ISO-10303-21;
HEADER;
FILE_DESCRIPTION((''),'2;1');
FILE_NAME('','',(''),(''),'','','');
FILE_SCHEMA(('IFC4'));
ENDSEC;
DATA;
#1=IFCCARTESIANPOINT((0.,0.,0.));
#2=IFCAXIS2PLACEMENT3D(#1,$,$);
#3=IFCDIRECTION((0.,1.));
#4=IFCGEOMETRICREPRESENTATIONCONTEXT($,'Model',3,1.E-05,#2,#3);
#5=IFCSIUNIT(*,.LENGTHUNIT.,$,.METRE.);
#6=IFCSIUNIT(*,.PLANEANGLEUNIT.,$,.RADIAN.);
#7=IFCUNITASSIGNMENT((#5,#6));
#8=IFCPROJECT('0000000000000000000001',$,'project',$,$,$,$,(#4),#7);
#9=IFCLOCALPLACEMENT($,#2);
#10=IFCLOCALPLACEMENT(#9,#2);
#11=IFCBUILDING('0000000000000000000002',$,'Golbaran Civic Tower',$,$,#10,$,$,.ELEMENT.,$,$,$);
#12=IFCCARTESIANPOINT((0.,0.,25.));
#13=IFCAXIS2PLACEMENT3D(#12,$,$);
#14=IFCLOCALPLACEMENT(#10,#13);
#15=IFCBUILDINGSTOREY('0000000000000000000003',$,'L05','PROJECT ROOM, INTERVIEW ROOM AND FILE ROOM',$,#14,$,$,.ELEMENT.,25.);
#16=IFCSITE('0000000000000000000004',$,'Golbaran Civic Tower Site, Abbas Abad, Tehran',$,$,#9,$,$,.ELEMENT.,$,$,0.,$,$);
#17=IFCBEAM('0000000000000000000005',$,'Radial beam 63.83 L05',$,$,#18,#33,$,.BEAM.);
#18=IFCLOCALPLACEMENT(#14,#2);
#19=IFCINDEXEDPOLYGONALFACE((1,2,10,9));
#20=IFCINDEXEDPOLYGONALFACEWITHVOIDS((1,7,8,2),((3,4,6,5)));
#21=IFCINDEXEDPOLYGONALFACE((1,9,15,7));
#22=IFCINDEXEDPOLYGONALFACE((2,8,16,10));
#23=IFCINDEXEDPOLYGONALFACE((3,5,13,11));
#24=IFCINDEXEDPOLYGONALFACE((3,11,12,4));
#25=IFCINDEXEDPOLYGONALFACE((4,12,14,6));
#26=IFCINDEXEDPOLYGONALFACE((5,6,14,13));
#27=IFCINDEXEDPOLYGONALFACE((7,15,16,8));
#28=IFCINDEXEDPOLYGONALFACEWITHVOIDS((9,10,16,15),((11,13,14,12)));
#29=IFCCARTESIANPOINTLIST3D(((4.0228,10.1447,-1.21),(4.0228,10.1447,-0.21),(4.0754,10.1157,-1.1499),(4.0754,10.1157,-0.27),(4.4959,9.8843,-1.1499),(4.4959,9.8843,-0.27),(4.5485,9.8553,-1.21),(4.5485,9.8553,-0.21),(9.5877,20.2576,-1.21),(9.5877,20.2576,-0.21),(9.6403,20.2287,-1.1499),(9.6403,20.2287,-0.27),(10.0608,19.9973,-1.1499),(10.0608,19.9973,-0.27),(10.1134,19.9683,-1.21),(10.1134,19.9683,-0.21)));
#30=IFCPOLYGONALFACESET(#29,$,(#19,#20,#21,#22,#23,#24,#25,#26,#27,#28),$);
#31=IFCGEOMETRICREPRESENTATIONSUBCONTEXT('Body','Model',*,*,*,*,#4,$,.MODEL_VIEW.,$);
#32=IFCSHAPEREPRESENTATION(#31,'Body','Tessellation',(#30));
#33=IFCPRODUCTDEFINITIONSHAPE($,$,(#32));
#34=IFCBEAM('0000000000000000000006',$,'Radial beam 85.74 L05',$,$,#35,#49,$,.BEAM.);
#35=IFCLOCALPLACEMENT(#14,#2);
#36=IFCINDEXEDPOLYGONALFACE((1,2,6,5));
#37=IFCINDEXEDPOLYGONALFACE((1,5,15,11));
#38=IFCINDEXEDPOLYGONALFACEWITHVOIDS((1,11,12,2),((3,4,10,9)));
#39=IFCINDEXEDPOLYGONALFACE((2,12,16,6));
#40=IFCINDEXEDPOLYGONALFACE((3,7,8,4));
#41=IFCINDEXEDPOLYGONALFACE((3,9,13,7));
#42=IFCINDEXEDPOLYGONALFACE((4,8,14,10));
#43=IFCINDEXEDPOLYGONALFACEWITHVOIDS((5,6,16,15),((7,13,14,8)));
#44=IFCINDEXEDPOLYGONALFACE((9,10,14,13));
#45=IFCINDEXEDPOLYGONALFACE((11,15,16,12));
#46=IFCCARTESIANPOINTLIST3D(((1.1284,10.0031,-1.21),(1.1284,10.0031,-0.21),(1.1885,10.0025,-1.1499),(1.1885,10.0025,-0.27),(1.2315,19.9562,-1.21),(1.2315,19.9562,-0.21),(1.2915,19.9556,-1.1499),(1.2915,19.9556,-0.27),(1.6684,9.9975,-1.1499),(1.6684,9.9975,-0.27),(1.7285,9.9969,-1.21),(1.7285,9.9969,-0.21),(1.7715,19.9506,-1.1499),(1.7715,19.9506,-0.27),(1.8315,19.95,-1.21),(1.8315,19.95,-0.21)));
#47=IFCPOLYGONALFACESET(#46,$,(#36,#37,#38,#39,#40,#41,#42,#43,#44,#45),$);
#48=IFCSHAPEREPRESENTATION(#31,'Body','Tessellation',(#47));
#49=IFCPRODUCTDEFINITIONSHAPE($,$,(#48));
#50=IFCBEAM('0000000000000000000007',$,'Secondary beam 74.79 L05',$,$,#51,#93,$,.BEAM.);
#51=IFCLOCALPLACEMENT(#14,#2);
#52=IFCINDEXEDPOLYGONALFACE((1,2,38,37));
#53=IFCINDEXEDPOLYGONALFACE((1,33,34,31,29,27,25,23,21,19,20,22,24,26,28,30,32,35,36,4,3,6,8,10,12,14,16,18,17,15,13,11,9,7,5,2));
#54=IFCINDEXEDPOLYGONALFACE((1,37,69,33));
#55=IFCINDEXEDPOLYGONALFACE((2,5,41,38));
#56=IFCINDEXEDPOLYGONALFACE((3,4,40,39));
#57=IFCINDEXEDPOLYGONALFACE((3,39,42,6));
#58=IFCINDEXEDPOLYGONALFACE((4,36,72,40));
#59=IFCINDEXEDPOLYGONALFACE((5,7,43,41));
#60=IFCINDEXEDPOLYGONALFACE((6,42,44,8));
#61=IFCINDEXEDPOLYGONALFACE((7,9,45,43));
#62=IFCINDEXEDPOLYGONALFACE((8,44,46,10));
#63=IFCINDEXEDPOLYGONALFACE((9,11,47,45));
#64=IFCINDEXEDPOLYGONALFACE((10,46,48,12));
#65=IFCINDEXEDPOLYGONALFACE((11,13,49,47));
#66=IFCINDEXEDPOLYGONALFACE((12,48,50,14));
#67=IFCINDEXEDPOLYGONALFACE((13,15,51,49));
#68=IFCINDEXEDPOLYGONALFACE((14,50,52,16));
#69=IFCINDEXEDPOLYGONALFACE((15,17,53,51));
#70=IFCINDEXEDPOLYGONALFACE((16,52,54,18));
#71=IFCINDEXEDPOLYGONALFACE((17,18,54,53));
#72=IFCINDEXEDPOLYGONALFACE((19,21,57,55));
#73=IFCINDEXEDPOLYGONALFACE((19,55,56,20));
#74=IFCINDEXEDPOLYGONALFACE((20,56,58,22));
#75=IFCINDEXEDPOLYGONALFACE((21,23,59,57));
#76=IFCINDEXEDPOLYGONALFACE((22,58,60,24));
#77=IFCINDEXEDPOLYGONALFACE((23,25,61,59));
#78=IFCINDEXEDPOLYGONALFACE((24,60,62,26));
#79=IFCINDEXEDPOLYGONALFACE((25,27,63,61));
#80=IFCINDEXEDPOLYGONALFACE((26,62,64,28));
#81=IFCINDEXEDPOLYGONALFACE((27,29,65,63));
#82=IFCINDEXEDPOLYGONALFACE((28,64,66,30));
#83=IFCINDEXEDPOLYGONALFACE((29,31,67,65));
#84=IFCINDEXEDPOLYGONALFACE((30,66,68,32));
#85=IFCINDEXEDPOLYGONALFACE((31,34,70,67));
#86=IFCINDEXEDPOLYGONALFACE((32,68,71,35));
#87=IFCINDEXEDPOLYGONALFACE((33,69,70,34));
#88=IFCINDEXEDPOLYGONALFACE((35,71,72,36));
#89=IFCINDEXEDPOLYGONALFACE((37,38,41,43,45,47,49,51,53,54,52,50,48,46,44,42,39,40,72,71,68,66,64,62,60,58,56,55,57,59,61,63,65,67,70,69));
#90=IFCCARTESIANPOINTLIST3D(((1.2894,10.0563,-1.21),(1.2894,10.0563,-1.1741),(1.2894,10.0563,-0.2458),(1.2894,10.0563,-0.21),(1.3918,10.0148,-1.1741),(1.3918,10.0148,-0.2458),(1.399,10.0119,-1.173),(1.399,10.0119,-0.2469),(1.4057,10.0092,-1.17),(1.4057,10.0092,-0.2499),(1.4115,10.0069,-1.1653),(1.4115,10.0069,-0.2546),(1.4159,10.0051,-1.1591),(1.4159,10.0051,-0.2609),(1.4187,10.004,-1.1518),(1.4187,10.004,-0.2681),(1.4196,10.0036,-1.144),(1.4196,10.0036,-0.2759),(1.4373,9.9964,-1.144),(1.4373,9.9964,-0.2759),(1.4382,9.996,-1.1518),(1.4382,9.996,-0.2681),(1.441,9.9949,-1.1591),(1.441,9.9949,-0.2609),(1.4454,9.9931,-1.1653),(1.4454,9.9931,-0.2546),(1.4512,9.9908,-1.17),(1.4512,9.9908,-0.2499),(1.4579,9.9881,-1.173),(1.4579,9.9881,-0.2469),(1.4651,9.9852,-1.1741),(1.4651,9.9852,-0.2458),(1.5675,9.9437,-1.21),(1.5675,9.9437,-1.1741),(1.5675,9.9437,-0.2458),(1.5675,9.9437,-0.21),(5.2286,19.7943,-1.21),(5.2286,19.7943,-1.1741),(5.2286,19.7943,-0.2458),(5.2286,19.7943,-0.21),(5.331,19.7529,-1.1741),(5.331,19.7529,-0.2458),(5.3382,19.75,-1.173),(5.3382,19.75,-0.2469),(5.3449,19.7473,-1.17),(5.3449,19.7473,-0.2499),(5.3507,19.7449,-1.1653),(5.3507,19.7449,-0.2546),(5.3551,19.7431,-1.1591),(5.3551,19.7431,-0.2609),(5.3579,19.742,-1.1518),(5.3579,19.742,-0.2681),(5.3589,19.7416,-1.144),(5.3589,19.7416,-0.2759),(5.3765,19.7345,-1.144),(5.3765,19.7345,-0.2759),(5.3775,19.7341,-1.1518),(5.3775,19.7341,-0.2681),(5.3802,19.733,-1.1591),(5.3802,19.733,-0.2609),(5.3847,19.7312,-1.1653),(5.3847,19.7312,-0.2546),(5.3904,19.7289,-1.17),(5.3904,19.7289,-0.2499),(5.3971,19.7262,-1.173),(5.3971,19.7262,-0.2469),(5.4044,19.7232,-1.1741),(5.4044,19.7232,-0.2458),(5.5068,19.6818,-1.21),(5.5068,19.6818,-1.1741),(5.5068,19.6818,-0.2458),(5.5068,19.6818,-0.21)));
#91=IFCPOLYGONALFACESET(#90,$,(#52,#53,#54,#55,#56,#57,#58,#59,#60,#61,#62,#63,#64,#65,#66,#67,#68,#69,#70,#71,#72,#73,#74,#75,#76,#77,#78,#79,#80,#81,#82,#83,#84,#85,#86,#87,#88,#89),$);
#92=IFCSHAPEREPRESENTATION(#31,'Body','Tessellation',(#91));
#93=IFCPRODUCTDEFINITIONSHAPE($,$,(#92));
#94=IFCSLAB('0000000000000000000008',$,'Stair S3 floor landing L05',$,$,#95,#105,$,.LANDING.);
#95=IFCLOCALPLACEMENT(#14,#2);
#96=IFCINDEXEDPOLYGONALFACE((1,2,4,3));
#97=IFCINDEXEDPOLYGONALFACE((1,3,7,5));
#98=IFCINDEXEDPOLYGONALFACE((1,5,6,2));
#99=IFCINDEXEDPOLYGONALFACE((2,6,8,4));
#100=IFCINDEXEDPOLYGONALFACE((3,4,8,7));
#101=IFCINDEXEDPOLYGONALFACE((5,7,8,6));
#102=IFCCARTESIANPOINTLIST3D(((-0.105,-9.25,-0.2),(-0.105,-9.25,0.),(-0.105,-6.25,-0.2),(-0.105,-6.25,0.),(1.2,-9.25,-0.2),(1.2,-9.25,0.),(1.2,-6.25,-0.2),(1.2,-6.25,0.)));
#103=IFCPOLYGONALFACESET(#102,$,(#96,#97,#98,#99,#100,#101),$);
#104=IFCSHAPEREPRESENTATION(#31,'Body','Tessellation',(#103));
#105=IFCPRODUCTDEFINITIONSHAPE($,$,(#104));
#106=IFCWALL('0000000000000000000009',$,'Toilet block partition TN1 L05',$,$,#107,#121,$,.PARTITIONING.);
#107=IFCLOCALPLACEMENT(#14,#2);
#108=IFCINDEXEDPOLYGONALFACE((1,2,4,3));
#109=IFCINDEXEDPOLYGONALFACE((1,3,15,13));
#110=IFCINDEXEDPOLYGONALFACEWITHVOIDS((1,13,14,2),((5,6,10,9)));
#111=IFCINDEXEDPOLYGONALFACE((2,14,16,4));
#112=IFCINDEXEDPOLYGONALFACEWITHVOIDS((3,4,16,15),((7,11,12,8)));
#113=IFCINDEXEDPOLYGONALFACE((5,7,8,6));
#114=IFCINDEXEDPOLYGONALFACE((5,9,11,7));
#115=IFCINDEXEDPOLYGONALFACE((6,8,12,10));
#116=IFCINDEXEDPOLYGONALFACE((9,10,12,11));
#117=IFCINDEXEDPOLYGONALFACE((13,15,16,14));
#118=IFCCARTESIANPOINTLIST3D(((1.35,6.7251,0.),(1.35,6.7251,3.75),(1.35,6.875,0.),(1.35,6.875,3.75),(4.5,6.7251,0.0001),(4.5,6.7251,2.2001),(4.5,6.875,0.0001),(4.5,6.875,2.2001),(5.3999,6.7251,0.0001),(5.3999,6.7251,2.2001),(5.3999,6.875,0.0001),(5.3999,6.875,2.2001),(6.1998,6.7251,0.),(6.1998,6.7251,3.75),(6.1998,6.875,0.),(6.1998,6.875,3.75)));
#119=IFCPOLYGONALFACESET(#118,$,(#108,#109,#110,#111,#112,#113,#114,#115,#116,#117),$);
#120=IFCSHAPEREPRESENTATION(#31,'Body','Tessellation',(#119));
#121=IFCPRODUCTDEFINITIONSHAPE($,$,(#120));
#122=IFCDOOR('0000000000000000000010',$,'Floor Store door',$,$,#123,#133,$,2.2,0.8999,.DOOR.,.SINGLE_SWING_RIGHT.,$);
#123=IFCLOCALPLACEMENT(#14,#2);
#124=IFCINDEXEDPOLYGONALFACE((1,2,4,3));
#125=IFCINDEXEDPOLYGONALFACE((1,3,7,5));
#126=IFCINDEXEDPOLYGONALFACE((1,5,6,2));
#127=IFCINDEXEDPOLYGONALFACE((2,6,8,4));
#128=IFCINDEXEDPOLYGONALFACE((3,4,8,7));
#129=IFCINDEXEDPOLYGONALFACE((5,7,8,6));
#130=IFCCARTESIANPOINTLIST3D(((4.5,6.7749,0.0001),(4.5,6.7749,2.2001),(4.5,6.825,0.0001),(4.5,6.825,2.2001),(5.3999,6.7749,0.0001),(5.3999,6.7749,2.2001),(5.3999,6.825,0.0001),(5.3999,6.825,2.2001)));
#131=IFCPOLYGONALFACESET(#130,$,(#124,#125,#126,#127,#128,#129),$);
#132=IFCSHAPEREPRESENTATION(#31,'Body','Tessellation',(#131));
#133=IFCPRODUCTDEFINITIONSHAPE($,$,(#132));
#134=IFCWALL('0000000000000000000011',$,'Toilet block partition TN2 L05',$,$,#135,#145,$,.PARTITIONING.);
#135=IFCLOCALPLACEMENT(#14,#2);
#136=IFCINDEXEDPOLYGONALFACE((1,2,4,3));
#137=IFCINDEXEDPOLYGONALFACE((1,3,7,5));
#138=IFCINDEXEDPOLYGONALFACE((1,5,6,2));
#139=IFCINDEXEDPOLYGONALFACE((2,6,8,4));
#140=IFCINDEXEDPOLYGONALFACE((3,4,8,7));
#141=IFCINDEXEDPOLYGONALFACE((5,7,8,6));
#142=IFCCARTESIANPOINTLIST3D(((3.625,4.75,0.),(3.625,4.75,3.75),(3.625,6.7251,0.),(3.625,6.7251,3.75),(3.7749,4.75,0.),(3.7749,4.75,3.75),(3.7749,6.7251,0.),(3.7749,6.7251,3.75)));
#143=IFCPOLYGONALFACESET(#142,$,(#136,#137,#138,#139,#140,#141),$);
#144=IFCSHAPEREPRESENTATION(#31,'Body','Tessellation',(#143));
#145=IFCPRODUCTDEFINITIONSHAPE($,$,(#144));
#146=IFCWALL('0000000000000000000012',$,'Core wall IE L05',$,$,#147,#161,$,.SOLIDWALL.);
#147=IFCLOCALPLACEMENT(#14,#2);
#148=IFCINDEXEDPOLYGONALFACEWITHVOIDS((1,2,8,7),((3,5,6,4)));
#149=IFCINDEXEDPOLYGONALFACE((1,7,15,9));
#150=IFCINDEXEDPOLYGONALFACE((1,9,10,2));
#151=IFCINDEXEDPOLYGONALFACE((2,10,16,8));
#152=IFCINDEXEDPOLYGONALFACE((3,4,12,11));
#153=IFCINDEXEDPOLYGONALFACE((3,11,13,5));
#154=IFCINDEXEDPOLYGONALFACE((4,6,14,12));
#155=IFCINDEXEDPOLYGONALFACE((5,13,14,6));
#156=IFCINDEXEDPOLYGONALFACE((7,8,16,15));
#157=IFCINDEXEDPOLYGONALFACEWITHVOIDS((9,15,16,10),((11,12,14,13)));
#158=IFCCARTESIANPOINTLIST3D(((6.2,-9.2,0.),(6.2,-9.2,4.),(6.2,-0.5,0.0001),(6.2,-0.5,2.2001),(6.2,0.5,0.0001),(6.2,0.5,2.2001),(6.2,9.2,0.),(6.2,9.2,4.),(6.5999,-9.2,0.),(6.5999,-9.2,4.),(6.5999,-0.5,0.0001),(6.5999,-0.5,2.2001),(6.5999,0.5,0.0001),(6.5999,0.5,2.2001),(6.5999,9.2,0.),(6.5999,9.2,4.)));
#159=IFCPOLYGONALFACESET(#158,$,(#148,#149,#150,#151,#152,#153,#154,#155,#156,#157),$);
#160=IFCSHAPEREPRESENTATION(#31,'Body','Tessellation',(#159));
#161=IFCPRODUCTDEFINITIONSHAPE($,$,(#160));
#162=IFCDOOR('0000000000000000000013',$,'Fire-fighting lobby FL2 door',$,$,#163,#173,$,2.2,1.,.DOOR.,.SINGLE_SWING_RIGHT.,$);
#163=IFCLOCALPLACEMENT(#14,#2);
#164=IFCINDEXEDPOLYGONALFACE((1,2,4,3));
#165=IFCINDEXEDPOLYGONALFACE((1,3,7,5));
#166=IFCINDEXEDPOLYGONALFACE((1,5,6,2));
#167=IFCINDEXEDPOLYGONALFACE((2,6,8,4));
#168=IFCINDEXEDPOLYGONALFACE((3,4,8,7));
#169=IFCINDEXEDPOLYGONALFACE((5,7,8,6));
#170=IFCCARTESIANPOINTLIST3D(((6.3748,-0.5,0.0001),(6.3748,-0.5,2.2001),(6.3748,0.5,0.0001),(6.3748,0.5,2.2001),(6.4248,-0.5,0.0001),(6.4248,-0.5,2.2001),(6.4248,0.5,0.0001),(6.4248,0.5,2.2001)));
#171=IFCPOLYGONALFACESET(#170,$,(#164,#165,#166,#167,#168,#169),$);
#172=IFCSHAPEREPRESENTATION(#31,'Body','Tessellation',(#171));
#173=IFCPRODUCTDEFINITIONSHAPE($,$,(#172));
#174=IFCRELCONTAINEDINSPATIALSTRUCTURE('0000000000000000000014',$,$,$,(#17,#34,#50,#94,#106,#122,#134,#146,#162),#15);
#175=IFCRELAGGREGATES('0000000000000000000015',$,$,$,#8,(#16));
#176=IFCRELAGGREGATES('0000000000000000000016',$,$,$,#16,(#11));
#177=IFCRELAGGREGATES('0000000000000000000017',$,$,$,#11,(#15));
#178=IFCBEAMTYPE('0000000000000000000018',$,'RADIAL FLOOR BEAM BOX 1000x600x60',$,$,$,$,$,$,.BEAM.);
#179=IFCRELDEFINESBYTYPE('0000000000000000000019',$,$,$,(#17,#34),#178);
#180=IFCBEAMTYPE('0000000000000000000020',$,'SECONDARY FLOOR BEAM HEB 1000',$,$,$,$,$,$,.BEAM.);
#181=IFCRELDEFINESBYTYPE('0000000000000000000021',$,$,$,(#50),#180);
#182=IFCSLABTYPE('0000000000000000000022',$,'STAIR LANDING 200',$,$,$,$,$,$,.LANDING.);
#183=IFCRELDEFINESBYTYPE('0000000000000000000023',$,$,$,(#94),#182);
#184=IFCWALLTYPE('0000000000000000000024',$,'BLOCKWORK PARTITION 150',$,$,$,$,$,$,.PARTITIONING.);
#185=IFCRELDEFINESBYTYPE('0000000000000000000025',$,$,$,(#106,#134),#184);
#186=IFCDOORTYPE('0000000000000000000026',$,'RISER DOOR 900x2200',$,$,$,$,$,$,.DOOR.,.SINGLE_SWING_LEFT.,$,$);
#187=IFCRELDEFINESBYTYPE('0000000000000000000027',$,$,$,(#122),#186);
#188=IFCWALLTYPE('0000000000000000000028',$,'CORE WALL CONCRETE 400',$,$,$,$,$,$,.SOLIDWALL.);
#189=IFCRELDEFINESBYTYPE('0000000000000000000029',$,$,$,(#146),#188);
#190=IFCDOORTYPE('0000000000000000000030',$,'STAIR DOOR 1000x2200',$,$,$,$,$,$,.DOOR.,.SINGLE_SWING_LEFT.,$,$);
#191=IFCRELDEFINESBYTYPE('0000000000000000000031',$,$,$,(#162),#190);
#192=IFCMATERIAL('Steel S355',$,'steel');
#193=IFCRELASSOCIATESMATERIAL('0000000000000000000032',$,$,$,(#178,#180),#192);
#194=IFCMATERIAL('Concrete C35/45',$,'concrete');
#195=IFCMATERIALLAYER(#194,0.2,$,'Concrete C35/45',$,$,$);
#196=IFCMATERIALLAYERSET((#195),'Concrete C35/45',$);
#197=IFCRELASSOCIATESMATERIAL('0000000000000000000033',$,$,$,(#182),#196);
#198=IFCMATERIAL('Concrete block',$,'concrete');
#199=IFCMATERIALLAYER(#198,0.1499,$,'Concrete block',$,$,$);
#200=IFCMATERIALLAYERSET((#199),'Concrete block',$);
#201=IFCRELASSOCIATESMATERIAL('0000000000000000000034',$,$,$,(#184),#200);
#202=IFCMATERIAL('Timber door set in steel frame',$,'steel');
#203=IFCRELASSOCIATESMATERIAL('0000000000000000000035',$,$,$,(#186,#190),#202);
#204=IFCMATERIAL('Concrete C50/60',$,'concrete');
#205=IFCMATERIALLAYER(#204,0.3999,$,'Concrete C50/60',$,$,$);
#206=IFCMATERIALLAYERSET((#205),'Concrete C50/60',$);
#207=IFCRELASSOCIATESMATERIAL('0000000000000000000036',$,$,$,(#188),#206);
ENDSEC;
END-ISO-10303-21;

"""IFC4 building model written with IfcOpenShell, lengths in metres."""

from ifc_helpers import new_model, si_unit, direction, frame, frame_2d, origin, origin_2d, place, context, subcontext, project, spatial, polyline, rectangle, hollow_rectangle, i_section, outline, extrude, material, layer, layer_set, material_profile, profile_set, type_object, element, fill, save


model = new_model("IFC4")

# Units and contexts
model_context = context("Model", 3, precision=1e-05, world=origin(), true_north=direction((0.0, 1.0)))
body_context = subcontext(model_context, "Body", "Model", "MODEL_VIEW")
ifc_project = project(units=[si_unit("LENGTHUNIT", "METRE"), si_unit("PLANEANGLEUNIT", "RADIAN")], contexts=[model_context])

# Site, building, storey
site_placement = place(None, origin())
site = spatial("IfcSite", under=ifc_project, at=site_placement, Name="Golbaran Civic Tower Site, Abbas Abad, Tehran", CompositionType="ELEMENT", RefElevation=0.0)
building_placement = place(site_placement, origin())
building = spatial("IfcBuilding", under=site, at=building_placement, Name="Golbaran Civic Tower", CompositionType="ELEMENT")
storey_placement = place(building_placement, frame((0.0, 0.0, 25.0)))
storey = spatial("IfcBuildingStorey", under=building, at=storey_placement, Name="L05", Description="PROJECT ROOM, INTERVIEW ROOM AND FILE ROOM", CompositionType="ELEMENT", Elevation=25.0)

# Beams
ifc_material_1 = material(Name="Steel S355", Category="steel")
ifc_material_profile_1 = material_profile(ifc_material_1, hollow_rectangle(XDim=0.6001, YDim=1.0, WallThickness=0.0601, at=origin_2d()), Name="BOX 1000x600x60")
ifc_profile_set_1 = profile_set([ifc_material_profile_1], Name="Steel S355")
beam_type_1 = type_object("IfcBeamType", Name="RADIAL FLOOR BEAM BOX 1000x600x60", PredefinedType="BEAM", material=ifc_profile_set_1)
beam_1_placement = place(storey_placement, frame((4.2856, 10.0, -0.71), z_axis=(0.482103, 0.876115, 0.0), x_axis=(-0.876115, 0.482103, 0.0)))
element("IfcBeam", 1, at=beam_1_placement, inside=storey, type_object=beam_type_1, Name="Radial beam 63.83 L05", PredefinedType="BEAM", context=body_context, shape_type="SweptSolid", body=[
    extrude(hollow_rectangle(XDim=0.6001, YDim=1.0, WallThickness=0.0601, at=origin_2d()), origin(), (0.0, 0.0, 1.0), 11.543),
])
beam_2_placement = place(storey_placement, frame((1.4285, 10.0, -0.71), z_axis=(0.010351, 0.999946, 0.0), x_axis=(-0.999946, 0.010351, 0.0)))
element("IfcBeam", 2, at=beam_2_placement, inside=storey, type_object=beam_type_1, Name="Radial beam 85.74 L05", PredefinedType="BEAM", context=body_context, shape_type="SweptSolid", body=[
    extrude(hollow_rectangle(XDim=0.6001, YDim=1.0, WallThickness=0.0601, at=origin_2d()), origin(), (0.0, 0.0, 1.0), 9.9536),
])
ifc_material_profile_2 = material_profile(ifc_material_1, i_section(OverallWidth=0.3, OverallDepth=1.0, WebThickness=0.019, FlangeThickness=0.0359, FilletRadius=0.03, at=origin_2d()), Name="HEB 1000")
ifc_profile_set_2 = profile_set([ifc_material_profile_2], Name="Steel S355")
beam_type_2 = type_object("IfcBeamType", Name="SECONDARY FLOOR BEAM HEB 1000", PredefinedType="BEAM", material=ifc_profile_set_2)
beam_3_placement = place(storey_placement, frame((1.4285, 10.0, -0.71), z_axis=(0.374998, 0.927026, 0.0), x_axis=(-0.927026, 0.374998, 0.0)))
element("IfcBeam", 3, at=beam_3_placement, inside=storey, type_object=beam_type_2, Name="Secondary beam 74.79 L05", PredefinedType="BEAM", context=body_context, shape_type="SweptSolid", body=[
    extrude(i_section(OverallWidth=0.3, OverallDepth=1.0, WebThickness=0.019, FlangeThickness=0.0359, FilletRadius=0.03, at=origin_2d()), origin(), (0.0, 0.0, 1.0), 10.5046),
])

# Slab
ifc_material_2 = material(Name="Concrete C35/45", Category="concrete")
ifc_layer_1 = layer(ifc_material_2, 0.2, Name="Concrete C35/45")
ifc_layer_set_1 = layer_set([ifc_layer_1], Name="Concrete C35/45")
slab_type = type_object("IfcSlabType", Name="STAIR LANDING 200", PredefinedType="LANDING", material=ifc_layer_set_1)
slab_placement = place(storey_placement, frame((0.0, 0.0, -0.2)))
element("IfcSlab", 4, at=slab_placement, inside=storey, type_object=slab_type, Name="Stair S3 floor landing L05", PredefinedType="LANDING", context=body_context, shape_type="SweptSolid", body=[
    extrude(outline(polyline([(1.2, -9.25), (-0.105, -9.25), (-0.105, -6.25), (1.2, -6.25), (1.2, -9.25)])), origin(), (0.0, 0.0, 1.0), 0.2),
])

# Wall, opening, door
ifc_material_3 = material(Name="Concrete block", Category="concrete")
ifc_layer_2 = layer(ifc_material_3, 0.1499, Name="Concrete block")
ifc_layer_set_2 = layer_set([ifc_layer_2], Name="Concrete block")
wall_type_1 = type_object("IfcWallType", Name="BLOCKWORK PARTITION 150", PredefinedType="PARTITIONING", material=ifc_layer_set_2)
wall_1_placement = place(storey_placement, frame((1.3501, 6.8, 0.0), z_axis=(0.0, 0.0, 1.0), x_axis=(1.0, 0.0, 0.0)))
wall_1 = element("IfcWall", 5, at=wall_1_placement, inside=storey, type_object=wall_type_1, Name="Toilet block partition TN1 L05", PredefinedType="PARTITIONING", context=body_context, shape_type="SweptSolid", body=[
    extrude(rectangle(XDim=4.8499, YDim=0.1499, at=frame_2d((2.4248, 0.0))), origin(), (0.0, 0.0, 1.0), 3.75),
])
opening_1_placement = place(wall_1_placement, frame((3.1499, 0.0, 0.0)))
opening_1 = element("IfcOpeningElement", 6, at=opening_1_placement, cuts=wall_1, PredefinedType="OPENING", context=body_context, shape_type="SweptSolid", body=[
    extrude(rectangle(XDim=0.8999, YDim=2.2, at=frame_2d((0.45, 1.1001))), frame((0.0, 0.085, 0.0), z_axis=(0.0, -1.0, 0.0), x_axis=(1.0, 0.0, 0.0)), (0.0, 0.0, 1.0), 0.1699),
])
ifc_material_4 = material(Name="Timber door set in steel frame", Category="steel")
door_type_1 = type_object("IfcDoorType", Name="RISER DOOR 900x2200", OperationType="SINGLE_SWING_LEFT", PredefinedType="DOOR", material=ifc_material_4)
door_1_placement = place(opening_1_placement, origin())
door_1 = element("IfcDoor", 7, at=door_1_placement, inside=storey, type_object=door_type_1, Name="Floor Store door", OperationType="SINGLE_SWING_RIGHT", OverallHeight=2.2, OverallWidth=0.8999, PredefinedType="DOOR", context=body_context, shape_type="SweptSolid", body=[
    extrude(rectangle(XDim=0.8999, YDim=2.2, at=frame_2d((0.45, 1.1001))), frame((0.0, 0.0249, 0.0), z_axis=(0.0, -1.0, 0.0), x_axis=(1.0, 0.0, 0.0)), (0.0, 0.0, 1.0), 0.05),
])
fill(opening_1, door_1)

# Wall
wall_2_placement = place(storey_placement, frame((3.7, 4.75, 0.0), z_axis=(0.0, 0.0, 1.0), x_axis=(0.0, 1.0, 0.0)))
element("IfcWall", 8, at=wall_2_placement, inside=storey, type_object=wall_type_1, Name="Toilet block partition TN2 L05", PredefinedType="PARTITIONING", context=body_context, shape_type="SweptSolid", body=[
    extrude(rectangle(XDim=1.9751, YDim=0.1499, at=frame_2d((0.9875, 0.0))), origin(), (0.0, 0.0, 1.0), 3.75),
])

# Wall, opening, door
ifc_material_5 = material(Name="Concrete C50/60", Category="concrete")
ifc_layer_3 = layer(ifc_material_5, 0.3999, Name="Concrete C50/60")
ifc_layer_set_3 = layer_set([ifc_layer_3], Name="Concrete C50/60")
wall_type_2 = type_object("IfcWallType", Name="CORE WALL CONCRETE 400", PredefinedType="SOLIDWALL", material=ifc_layer_set_3)
wall_3_placement = place(storey_placement, frame((6.3999, 9.2, 0.0), z_axis=(0.0, 0.0, 1.0), x_axis=(0.0, -1.0, 0.0)))
wall_3 = element("IfcWall", 9, at=wall_3_placement, inside=storey, type_object=wall_type_2, Name="Core wall IE L05", PredefinedType="SOLIDWALL", context=body_context, shape_type="SweptSolid", body=[
    extrude(rectangle(XDim=18.3999, YDim=0.3999, at=frame_2d((9.2, 0.0))), origin(), (0.0, 0.0, 1.0), 4.0),
])
opening_2_placement = place(wall_3_placement, frame((8.7, 0.0, 0.0)))
opening_2 = element("IfcOpeningElement", 10, at=opening_2_placement, cuts=wall_3, PredefinedType="OPENING", context=body_context, shape_type="SweptSolid", body=[
    extrude(rectangle(XDim=1.0, YDim=2.2, at=frame_2d((0.5, 1.1001))), frame((0.0, 0.21, 0.0), z_axis=(0.0, -1.0, 0.0), x_axis=(1.0, 0.0, 0.0)), (0.0, 0.0, 1.0), 0.4199),
])
door_type_2 = type_object("IfcDoorType", Name="STAIR DOOR 1000x2200", OperationType="SINGLE_SWING_LEFT", PredefinedType="DOOR", material=ifc_material_4)
door_2_placement = place(opening_2_placement, origin())
door_2 = element("IfcDoor", 11, at=door_2_placement, inside=storey, type_object=door_type_2, Name="Fire-fighting lobby FL2 door", OperationType="SINGLE_SWING_RIGHT", OverallHeight=2.2, OverallWidth=1.0, PredefinedType="DOOR", context=body_context, shape_type="SweptSolid", body=[
    extrude(rectangle(XDim=1.0, YDim=2.2, at=frame_2d((0.5, 1.1001))), frame((0.0, 0.0249, 0.0), z_axis=(0.0, -1.0, 0.0), x_axis=(1.0, 0.0, 0.0)), (0.0, 0.0, 1.0), 0.05),
])
fill(opening_2, door_2)

save(model, "model.ifc")
